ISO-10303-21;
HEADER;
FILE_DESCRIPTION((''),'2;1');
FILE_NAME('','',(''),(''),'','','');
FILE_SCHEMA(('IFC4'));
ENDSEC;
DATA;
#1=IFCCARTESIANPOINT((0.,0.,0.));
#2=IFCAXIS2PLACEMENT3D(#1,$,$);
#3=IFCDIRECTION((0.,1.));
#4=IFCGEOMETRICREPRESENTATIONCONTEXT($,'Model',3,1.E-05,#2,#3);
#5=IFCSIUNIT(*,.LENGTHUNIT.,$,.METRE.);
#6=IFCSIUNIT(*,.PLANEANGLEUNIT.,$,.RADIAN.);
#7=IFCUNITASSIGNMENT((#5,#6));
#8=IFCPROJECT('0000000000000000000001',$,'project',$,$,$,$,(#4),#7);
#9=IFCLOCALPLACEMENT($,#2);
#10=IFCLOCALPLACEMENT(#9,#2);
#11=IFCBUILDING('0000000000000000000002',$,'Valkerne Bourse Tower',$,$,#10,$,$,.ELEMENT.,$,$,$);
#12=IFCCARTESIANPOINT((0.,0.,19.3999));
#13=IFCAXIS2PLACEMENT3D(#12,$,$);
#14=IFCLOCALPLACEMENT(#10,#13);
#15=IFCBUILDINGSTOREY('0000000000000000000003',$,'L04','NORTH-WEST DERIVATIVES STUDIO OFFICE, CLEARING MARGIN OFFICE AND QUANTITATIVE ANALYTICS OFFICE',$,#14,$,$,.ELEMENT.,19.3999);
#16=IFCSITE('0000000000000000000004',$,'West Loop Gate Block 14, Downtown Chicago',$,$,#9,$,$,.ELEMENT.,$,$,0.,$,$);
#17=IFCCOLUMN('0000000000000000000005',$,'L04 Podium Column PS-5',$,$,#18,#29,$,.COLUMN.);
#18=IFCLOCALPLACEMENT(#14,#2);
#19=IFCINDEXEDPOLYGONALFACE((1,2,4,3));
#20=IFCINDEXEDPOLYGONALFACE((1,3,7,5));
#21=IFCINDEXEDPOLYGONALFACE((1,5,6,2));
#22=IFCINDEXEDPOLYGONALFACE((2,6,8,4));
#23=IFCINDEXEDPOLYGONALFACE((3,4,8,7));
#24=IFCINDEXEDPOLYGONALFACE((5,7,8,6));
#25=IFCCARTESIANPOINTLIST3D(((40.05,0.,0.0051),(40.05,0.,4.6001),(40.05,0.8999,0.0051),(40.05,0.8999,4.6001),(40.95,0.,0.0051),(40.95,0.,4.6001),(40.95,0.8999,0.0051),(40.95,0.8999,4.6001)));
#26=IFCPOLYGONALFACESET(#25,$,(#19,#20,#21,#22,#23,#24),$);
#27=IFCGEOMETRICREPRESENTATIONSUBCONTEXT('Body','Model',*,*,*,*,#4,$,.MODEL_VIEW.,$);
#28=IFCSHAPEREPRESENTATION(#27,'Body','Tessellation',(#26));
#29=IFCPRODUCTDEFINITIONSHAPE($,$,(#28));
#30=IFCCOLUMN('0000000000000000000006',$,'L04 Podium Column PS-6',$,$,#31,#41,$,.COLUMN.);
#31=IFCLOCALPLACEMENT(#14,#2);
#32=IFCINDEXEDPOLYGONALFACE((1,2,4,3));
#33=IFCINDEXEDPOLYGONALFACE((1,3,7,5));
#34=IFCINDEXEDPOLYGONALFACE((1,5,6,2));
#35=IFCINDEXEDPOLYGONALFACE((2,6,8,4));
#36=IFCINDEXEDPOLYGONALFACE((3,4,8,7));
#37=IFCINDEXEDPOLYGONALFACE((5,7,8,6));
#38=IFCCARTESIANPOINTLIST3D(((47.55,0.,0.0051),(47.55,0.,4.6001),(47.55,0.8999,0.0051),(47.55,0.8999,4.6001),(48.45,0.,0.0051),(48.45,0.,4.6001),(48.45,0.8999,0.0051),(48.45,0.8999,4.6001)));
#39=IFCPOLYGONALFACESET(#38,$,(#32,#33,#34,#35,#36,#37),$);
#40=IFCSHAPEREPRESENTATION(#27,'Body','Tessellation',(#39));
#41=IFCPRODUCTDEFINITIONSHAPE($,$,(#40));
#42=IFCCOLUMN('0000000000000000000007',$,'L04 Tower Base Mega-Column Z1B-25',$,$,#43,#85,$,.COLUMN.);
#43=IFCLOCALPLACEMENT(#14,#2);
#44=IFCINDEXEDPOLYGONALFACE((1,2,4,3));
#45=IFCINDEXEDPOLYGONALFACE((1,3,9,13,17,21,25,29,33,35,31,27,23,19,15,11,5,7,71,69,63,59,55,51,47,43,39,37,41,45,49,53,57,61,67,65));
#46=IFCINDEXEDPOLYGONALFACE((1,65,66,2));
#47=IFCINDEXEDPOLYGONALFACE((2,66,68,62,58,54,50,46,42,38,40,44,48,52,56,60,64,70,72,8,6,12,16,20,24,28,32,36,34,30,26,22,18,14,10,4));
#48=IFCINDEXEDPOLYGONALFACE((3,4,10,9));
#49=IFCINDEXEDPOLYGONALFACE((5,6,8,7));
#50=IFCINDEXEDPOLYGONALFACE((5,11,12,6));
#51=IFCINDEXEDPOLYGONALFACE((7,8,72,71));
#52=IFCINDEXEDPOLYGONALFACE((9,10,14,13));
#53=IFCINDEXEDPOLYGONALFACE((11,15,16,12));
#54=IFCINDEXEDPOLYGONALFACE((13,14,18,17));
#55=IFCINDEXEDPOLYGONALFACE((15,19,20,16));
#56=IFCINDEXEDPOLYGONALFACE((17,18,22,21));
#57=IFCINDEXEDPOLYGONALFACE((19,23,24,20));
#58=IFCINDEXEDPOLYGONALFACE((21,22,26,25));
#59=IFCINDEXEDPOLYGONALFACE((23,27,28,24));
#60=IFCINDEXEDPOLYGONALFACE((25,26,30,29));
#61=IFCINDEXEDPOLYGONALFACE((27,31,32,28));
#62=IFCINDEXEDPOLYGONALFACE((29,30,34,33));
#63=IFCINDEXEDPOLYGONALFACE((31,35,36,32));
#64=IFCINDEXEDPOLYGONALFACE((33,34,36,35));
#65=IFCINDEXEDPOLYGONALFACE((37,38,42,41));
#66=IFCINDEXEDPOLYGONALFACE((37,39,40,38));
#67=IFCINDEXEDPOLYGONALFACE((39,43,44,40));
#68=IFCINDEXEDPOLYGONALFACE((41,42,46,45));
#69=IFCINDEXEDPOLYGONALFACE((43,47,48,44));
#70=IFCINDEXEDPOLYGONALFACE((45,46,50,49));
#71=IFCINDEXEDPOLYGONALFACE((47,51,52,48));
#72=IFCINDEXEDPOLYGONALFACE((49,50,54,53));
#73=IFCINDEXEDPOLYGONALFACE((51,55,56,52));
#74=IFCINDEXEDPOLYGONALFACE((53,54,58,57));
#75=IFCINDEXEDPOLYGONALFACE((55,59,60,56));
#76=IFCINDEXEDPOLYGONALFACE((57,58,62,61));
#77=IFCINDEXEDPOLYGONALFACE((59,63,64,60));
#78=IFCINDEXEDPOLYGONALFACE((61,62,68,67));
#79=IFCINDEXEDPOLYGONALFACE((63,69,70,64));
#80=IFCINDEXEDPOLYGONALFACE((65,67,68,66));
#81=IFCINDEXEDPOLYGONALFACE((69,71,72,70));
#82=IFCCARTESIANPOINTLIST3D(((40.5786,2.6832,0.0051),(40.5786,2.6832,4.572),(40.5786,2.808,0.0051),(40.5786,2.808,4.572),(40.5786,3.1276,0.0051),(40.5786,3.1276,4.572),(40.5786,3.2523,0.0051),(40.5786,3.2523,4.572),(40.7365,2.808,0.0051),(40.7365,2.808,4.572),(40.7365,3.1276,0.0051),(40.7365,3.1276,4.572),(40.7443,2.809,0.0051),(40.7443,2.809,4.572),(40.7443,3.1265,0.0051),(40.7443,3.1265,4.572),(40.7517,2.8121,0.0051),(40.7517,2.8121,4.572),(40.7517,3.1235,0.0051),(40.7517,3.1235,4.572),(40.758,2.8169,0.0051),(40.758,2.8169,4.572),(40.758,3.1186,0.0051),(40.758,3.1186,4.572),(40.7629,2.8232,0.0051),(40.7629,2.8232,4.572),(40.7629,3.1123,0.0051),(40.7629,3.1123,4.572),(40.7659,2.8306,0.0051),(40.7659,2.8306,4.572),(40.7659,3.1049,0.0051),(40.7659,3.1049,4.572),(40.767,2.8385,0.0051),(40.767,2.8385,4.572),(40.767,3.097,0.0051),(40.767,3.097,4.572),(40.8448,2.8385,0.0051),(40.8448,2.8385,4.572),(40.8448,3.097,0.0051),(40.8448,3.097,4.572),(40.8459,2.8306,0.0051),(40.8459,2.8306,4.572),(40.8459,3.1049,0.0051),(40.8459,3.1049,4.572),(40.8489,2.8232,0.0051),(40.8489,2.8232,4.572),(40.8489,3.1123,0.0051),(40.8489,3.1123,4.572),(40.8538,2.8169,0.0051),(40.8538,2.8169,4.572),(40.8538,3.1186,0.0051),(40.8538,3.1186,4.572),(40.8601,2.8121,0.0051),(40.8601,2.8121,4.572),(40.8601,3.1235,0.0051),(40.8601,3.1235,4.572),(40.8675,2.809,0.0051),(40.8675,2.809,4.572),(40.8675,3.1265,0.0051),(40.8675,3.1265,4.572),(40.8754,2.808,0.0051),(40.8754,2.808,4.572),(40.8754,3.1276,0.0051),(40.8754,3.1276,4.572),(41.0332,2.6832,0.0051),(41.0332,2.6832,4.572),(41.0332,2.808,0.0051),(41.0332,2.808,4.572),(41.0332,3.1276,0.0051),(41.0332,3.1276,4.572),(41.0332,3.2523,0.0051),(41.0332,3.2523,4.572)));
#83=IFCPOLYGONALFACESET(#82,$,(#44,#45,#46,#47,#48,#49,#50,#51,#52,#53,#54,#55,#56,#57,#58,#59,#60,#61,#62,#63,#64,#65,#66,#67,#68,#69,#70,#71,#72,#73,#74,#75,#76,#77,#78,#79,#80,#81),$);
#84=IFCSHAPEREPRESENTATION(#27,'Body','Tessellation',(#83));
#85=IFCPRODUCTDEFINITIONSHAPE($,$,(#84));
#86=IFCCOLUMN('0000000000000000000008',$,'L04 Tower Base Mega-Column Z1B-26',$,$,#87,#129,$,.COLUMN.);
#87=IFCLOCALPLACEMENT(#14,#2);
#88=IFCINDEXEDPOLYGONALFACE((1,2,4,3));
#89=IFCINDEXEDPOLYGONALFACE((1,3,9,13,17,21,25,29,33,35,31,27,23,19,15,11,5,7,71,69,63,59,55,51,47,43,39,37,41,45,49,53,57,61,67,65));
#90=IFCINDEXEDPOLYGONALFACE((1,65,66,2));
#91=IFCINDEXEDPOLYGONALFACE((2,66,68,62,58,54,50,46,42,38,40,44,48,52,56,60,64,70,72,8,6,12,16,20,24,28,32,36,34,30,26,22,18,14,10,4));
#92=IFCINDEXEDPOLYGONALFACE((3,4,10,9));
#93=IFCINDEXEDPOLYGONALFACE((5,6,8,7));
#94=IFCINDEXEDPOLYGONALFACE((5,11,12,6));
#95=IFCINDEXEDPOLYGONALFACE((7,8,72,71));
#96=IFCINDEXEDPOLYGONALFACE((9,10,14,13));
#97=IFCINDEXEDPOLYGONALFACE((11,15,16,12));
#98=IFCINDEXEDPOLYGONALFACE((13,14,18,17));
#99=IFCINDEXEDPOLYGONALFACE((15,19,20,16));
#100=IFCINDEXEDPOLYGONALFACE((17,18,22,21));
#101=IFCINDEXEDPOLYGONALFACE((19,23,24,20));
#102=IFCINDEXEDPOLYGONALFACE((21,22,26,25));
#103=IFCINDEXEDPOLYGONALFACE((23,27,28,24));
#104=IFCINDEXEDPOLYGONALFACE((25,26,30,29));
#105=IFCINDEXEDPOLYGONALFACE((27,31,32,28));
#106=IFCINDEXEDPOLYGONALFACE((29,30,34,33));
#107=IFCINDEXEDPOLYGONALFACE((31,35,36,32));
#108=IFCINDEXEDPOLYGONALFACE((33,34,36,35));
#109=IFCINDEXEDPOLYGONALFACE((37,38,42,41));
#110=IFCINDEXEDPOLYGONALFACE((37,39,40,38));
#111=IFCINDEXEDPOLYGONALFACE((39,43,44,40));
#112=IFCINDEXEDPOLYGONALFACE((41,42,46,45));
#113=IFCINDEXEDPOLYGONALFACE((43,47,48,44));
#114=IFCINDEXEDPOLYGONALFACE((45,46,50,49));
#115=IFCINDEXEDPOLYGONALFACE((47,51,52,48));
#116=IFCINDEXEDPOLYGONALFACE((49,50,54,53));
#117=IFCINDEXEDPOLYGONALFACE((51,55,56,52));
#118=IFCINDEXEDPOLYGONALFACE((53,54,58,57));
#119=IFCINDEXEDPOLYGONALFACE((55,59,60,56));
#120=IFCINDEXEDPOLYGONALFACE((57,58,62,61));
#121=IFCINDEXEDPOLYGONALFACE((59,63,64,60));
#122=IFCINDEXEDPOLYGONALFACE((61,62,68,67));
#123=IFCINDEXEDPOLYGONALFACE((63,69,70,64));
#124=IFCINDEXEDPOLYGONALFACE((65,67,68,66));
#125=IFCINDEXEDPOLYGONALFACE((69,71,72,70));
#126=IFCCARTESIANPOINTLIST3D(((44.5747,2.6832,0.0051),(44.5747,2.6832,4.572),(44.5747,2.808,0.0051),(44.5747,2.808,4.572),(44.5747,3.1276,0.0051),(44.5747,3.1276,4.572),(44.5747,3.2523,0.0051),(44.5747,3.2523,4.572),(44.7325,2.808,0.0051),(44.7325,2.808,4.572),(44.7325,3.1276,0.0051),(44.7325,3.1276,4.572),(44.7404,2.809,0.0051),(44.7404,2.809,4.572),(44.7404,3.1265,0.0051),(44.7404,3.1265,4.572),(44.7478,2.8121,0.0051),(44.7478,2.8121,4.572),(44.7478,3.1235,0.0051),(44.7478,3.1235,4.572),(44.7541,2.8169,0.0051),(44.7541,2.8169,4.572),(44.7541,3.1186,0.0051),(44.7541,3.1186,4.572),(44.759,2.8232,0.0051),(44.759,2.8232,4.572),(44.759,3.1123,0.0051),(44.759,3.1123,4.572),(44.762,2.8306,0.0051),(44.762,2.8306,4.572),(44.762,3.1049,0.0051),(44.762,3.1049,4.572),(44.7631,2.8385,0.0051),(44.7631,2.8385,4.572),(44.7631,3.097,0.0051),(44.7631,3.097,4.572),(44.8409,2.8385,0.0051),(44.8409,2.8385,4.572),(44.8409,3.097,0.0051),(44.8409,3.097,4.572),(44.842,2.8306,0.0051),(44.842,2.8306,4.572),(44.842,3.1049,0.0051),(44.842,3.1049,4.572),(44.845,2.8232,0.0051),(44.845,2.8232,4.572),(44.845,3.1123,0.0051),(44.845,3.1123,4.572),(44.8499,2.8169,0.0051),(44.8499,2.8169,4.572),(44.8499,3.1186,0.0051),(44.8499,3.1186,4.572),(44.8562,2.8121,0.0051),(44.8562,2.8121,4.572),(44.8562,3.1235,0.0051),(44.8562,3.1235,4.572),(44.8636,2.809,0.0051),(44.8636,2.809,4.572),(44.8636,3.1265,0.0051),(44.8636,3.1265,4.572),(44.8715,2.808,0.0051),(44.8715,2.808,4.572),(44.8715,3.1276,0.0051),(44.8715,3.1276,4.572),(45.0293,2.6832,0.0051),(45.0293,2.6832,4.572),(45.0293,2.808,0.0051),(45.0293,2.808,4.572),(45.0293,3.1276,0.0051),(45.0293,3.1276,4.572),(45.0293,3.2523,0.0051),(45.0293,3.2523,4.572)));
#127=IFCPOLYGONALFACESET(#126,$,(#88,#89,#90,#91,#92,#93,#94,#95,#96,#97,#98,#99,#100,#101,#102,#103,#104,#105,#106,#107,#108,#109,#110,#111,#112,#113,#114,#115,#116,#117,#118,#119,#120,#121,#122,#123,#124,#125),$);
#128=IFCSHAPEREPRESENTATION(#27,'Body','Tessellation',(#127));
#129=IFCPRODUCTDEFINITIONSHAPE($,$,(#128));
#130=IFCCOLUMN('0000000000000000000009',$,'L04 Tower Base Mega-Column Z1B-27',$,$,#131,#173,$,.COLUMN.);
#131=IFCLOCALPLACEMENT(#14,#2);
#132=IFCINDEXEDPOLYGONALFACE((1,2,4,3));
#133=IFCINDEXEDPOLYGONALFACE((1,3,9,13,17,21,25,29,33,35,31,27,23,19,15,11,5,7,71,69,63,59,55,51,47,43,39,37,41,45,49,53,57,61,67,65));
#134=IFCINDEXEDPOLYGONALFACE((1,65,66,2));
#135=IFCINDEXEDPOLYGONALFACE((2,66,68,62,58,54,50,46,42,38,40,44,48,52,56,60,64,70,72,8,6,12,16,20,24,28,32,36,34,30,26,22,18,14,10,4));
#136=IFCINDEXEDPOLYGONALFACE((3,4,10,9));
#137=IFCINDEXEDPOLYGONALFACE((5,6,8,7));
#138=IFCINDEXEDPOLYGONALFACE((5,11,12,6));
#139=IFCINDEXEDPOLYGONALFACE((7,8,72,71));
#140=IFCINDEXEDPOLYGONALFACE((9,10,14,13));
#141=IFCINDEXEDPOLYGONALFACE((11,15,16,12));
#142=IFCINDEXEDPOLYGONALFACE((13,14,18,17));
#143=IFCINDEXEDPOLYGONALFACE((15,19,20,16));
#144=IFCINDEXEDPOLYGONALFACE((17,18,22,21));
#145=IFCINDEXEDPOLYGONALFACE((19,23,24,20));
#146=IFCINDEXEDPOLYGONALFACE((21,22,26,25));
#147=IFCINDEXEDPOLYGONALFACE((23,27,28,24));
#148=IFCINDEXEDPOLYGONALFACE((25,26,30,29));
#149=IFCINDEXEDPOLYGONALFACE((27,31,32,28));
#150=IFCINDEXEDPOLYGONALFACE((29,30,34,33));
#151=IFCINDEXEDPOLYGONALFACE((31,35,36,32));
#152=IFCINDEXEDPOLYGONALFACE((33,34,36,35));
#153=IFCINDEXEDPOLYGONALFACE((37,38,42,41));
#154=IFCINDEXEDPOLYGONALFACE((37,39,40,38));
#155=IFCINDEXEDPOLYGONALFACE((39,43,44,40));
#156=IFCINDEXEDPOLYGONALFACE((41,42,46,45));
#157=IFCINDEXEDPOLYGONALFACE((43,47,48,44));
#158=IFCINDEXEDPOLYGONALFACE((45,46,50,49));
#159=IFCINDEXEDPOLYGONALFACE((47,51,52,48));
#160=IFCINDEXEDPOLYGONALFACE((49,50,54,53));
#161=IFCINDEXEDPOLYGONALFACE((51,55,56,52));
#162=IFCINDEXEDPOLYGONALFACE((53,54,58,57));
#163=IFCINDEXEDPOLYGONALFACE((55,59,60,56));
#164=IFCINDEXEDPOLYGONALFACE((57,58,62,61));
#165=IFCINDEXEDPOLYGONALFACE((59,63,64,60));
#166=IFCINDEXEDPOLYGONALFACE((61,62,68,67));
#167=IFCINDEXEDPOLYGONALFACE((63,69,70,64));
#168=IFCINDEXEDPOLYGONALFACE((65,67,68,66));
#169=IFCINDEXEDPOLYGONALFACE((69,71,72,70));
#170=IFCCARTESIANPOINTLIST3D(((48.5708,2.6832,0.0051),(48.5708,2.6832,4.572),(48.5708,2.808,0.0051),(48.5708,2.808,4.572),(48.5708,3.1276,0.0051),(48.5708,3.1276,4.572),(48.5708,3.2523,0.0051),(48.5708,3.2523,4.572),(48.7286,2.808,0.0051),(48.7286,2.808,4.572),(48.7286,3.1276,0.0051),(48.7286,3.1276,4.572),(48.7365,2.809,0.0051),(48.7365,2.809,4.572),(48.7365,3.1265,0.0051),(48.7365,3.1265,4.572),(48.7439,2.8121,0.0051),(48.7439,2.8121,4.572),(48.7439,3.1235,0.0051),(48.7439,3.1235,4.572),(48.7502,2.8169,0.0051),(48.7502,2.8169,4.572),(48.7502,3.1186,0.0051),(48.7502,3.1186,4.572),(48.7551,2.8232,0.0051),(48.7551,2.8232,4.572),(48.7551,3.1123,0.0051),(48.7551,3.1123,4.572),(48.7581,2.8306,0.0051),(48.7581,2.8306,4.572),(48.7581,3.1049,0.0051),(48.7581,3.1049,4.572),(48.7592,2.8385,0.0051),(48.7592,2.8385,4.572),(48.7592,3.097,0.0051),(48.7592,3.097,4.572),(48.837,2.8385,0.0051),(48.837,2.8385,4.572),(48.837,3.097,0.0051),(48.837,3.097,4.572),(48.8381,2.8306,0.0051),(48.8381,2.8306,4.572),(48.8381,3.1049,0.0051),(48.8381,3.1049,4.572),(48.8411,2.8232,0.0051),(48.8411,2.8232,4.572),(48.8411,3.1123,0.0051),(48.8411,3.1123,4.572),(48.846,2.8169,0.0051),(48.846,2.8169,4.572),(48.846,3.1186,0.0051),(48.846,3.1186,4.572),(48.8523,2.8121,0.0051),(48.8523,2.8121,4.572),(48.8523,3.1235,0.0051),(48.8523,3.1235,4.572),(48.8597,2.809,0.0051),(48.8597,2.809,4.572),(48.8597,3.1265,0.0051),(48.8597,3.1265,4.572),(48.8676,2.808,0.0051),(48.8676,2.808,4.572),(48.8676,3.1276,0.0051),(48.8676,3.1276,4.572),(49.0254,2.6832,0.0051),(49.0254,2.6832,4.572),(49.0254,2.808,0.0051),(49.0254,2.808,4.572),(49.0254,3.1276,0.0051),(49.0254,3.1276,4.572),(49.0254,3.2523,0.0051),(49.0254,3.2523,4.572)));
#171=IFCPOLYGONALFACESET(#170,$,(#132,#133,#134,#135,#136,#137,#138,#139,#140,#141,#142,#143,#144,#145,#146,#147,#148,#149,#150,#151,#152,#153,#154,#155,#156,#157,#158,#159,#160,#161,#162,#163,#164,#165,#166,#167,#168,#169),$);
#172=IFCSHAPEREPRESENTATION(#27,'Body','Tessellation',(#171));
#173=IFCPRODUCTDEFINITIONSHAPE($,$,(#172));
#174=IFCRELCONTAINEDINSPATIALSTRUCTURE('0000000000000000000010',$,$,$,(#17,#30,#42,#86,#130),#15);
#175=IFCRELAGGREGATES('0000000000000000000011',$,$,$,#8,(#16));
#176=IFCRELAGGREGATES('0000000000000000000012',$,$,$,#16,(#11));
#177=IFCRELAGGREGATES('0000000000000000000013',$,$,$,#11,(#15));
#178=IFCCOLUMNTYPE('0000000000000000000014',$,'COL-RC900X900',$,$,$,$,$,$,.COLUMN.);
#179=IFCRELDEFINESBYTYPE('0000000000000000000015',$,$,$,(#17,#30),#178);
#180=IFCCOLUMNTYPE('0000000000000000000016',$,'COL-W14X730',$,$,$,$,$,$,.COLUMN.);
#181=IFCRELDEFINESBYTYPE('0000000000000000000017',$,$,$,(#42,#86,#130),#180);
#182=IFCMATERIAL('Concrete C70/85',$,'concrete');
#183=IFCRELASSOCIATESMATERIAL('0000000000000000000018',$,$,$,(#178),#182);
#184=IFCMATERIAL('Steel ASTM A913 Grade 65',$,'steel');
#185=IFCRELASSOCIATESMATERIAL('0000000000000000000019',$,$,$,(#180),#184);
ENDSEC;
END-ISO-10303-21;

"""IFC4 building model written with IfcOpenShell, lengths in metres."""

from ifc_helpers import new_model, si_unit, direction, frame, origin, origin_2d, place, context, subcontext, project, spatial, rectangle, i_section, extrude, material, material_profile, profile_set, type_object, element, save


model = new_model("IFC4")

# Units and contexts
model_context = context("Model", 3, precision=1e-05, world=origin(), true_north=direction((0.0, 1.0)))
body_context = subcontext(model_context, "Body", "Model", "MODEL_VIEW")
ifc_project = project(units=[si_unit("LENGTHUNIT", "METRE"), si_unit("PLANEANGLEUNIT", "RADIAN")], contexts=[model_context])

# Site, building, storey
site_placement = place(None, origin())
site = spatial("IfcSite", under=ifc_project, at=site_placement, Name="West Loop Gate Block 14, Downtown Chicago", CompositionType="ELEMENT", RefElevation=0.0)
building_placement = place(site_placement, origin())
building = spatial("IfcBuilding", under=site, at=building_placement, Name="Valkerne Bourse Tower", CompositionType="ELEMENT")
storey_placement = place(building_placement, frame((0.0, 0.0, 19.3999)))
storey = spatial("IfcBuildingStorey", under=building, at=storey_placement, Name="L04", Description="NORTH-WEST DERIVATIVES STUDIO OFFICE, CLEARING MARGIN OFFICE AND QUANTITATIVE ANALYTICS OFFICE", CompositionType="ELEMENT", Elevation=19.3999)

# Columns
ifc_material_1 = material(Name="Concrete C70/85", Category="concrete")
ifc_material_profile_1 = material_profile(ifc_material_1, rectangle(XDim=0.8999, YDim=0.8999, at=origin_2d()), Name="RC900X900")
ifc_profile_set_1 = profile_set([ifc_material_profile_1], Name="Concrete C70/85")
column_type_1 = type_object("IfcColumnType", Name="COL-RC900X900", PredefinedType="COLUMN", material=ifc_profile_set_1)
for number, where, z_axis, x_axis, name in (
    (1, (40.5, 0.45, 0.0051), (0.0, 0.0, 1.0), (1.0, 0.0, 0.0), "L04 Podium Column PS-5"),
    (2, (48.0, 0.45, 0.0051), (0.0, 0.0, 1.0), (1.0, 0.0, 0.0), "L04 Podium Column PS-6"),
):
    element("IfcColumn", number, at=place(storey_placement, frame(where, z_axis=z_axis, x_axis=x_axis)), inside=storey, type_object=column_type_1, Name=name, PredefinedType="COLUMN", context=body_context, shape_type="SweptSolid", body=[
        extrude(rectangle(XDim=0.8999, YDim=0.8999, at=origin_2d()), origin(), (0.0, 0.0, 1.0), 4.595),
    ])
ifc_material_2 = material(Name="Steel ASTM A913 Grade 65", Category="steel")
ifc_material_profile_2 = material_profile(ifc_material_2, i_section(OverallWidth=0.4546, OverallDepth=0.5691, WebThickness=0.0779, FlangeThickness=0.1248, FilletRadius=0.0305, at=origin_2d()), Name="W14X730")
ifc_profile_set_2 = profile_set([ifc_material_profile_2], Name="Steel ASTM A913 Grade 65")
column_type_2 = type_object("IfcColumnType", Name="COL-W14X730", PredefinedType="COLUMN", material=ifc_profile_set_2)
for number, where, z_axis, x_axis, name in (
    (3, (40.8059, 2.9678, 0.0051), (0.0, 0.0, 1.0), (1.0, 0.0, 0.0), "L04 Tower Base Mega-Column Z1B-25"),
    (4, (44.802, 2.9678, 0.0051), (0.0, 0.0, 1.0), (1.0, 0.0, 0.0), "L04 Tower Base Mega-Column Z1B-26"),
    (5, (48.7981, 2.9678, 0.0051), (0.0, 0.0, 1.0), (1.0, 0.0, 0.0), "L04 Tower Base Mega-Column Z1B-27"),
):
    element("IfcColumn", number, at=place(storey_placement, frame(where, z_axis=z_axis, x_axis=x_axis)), inside=storey, type_object=column_type_2, Name=name, PredefinedType="COLUMN", context=body_context, shape_type="SweptSolid", body=[
        extrude(i_section(OverallWidth=0.4546, OverallDepth=0.5691, WebThickness=0.0779, FlangeThickness=0.1248, FilletRadius=0.0305, at=origin_2d()), origin(), (0.0, 0.0, 1.0), 4.5669),
    ])

save(model, "model.ifc")
